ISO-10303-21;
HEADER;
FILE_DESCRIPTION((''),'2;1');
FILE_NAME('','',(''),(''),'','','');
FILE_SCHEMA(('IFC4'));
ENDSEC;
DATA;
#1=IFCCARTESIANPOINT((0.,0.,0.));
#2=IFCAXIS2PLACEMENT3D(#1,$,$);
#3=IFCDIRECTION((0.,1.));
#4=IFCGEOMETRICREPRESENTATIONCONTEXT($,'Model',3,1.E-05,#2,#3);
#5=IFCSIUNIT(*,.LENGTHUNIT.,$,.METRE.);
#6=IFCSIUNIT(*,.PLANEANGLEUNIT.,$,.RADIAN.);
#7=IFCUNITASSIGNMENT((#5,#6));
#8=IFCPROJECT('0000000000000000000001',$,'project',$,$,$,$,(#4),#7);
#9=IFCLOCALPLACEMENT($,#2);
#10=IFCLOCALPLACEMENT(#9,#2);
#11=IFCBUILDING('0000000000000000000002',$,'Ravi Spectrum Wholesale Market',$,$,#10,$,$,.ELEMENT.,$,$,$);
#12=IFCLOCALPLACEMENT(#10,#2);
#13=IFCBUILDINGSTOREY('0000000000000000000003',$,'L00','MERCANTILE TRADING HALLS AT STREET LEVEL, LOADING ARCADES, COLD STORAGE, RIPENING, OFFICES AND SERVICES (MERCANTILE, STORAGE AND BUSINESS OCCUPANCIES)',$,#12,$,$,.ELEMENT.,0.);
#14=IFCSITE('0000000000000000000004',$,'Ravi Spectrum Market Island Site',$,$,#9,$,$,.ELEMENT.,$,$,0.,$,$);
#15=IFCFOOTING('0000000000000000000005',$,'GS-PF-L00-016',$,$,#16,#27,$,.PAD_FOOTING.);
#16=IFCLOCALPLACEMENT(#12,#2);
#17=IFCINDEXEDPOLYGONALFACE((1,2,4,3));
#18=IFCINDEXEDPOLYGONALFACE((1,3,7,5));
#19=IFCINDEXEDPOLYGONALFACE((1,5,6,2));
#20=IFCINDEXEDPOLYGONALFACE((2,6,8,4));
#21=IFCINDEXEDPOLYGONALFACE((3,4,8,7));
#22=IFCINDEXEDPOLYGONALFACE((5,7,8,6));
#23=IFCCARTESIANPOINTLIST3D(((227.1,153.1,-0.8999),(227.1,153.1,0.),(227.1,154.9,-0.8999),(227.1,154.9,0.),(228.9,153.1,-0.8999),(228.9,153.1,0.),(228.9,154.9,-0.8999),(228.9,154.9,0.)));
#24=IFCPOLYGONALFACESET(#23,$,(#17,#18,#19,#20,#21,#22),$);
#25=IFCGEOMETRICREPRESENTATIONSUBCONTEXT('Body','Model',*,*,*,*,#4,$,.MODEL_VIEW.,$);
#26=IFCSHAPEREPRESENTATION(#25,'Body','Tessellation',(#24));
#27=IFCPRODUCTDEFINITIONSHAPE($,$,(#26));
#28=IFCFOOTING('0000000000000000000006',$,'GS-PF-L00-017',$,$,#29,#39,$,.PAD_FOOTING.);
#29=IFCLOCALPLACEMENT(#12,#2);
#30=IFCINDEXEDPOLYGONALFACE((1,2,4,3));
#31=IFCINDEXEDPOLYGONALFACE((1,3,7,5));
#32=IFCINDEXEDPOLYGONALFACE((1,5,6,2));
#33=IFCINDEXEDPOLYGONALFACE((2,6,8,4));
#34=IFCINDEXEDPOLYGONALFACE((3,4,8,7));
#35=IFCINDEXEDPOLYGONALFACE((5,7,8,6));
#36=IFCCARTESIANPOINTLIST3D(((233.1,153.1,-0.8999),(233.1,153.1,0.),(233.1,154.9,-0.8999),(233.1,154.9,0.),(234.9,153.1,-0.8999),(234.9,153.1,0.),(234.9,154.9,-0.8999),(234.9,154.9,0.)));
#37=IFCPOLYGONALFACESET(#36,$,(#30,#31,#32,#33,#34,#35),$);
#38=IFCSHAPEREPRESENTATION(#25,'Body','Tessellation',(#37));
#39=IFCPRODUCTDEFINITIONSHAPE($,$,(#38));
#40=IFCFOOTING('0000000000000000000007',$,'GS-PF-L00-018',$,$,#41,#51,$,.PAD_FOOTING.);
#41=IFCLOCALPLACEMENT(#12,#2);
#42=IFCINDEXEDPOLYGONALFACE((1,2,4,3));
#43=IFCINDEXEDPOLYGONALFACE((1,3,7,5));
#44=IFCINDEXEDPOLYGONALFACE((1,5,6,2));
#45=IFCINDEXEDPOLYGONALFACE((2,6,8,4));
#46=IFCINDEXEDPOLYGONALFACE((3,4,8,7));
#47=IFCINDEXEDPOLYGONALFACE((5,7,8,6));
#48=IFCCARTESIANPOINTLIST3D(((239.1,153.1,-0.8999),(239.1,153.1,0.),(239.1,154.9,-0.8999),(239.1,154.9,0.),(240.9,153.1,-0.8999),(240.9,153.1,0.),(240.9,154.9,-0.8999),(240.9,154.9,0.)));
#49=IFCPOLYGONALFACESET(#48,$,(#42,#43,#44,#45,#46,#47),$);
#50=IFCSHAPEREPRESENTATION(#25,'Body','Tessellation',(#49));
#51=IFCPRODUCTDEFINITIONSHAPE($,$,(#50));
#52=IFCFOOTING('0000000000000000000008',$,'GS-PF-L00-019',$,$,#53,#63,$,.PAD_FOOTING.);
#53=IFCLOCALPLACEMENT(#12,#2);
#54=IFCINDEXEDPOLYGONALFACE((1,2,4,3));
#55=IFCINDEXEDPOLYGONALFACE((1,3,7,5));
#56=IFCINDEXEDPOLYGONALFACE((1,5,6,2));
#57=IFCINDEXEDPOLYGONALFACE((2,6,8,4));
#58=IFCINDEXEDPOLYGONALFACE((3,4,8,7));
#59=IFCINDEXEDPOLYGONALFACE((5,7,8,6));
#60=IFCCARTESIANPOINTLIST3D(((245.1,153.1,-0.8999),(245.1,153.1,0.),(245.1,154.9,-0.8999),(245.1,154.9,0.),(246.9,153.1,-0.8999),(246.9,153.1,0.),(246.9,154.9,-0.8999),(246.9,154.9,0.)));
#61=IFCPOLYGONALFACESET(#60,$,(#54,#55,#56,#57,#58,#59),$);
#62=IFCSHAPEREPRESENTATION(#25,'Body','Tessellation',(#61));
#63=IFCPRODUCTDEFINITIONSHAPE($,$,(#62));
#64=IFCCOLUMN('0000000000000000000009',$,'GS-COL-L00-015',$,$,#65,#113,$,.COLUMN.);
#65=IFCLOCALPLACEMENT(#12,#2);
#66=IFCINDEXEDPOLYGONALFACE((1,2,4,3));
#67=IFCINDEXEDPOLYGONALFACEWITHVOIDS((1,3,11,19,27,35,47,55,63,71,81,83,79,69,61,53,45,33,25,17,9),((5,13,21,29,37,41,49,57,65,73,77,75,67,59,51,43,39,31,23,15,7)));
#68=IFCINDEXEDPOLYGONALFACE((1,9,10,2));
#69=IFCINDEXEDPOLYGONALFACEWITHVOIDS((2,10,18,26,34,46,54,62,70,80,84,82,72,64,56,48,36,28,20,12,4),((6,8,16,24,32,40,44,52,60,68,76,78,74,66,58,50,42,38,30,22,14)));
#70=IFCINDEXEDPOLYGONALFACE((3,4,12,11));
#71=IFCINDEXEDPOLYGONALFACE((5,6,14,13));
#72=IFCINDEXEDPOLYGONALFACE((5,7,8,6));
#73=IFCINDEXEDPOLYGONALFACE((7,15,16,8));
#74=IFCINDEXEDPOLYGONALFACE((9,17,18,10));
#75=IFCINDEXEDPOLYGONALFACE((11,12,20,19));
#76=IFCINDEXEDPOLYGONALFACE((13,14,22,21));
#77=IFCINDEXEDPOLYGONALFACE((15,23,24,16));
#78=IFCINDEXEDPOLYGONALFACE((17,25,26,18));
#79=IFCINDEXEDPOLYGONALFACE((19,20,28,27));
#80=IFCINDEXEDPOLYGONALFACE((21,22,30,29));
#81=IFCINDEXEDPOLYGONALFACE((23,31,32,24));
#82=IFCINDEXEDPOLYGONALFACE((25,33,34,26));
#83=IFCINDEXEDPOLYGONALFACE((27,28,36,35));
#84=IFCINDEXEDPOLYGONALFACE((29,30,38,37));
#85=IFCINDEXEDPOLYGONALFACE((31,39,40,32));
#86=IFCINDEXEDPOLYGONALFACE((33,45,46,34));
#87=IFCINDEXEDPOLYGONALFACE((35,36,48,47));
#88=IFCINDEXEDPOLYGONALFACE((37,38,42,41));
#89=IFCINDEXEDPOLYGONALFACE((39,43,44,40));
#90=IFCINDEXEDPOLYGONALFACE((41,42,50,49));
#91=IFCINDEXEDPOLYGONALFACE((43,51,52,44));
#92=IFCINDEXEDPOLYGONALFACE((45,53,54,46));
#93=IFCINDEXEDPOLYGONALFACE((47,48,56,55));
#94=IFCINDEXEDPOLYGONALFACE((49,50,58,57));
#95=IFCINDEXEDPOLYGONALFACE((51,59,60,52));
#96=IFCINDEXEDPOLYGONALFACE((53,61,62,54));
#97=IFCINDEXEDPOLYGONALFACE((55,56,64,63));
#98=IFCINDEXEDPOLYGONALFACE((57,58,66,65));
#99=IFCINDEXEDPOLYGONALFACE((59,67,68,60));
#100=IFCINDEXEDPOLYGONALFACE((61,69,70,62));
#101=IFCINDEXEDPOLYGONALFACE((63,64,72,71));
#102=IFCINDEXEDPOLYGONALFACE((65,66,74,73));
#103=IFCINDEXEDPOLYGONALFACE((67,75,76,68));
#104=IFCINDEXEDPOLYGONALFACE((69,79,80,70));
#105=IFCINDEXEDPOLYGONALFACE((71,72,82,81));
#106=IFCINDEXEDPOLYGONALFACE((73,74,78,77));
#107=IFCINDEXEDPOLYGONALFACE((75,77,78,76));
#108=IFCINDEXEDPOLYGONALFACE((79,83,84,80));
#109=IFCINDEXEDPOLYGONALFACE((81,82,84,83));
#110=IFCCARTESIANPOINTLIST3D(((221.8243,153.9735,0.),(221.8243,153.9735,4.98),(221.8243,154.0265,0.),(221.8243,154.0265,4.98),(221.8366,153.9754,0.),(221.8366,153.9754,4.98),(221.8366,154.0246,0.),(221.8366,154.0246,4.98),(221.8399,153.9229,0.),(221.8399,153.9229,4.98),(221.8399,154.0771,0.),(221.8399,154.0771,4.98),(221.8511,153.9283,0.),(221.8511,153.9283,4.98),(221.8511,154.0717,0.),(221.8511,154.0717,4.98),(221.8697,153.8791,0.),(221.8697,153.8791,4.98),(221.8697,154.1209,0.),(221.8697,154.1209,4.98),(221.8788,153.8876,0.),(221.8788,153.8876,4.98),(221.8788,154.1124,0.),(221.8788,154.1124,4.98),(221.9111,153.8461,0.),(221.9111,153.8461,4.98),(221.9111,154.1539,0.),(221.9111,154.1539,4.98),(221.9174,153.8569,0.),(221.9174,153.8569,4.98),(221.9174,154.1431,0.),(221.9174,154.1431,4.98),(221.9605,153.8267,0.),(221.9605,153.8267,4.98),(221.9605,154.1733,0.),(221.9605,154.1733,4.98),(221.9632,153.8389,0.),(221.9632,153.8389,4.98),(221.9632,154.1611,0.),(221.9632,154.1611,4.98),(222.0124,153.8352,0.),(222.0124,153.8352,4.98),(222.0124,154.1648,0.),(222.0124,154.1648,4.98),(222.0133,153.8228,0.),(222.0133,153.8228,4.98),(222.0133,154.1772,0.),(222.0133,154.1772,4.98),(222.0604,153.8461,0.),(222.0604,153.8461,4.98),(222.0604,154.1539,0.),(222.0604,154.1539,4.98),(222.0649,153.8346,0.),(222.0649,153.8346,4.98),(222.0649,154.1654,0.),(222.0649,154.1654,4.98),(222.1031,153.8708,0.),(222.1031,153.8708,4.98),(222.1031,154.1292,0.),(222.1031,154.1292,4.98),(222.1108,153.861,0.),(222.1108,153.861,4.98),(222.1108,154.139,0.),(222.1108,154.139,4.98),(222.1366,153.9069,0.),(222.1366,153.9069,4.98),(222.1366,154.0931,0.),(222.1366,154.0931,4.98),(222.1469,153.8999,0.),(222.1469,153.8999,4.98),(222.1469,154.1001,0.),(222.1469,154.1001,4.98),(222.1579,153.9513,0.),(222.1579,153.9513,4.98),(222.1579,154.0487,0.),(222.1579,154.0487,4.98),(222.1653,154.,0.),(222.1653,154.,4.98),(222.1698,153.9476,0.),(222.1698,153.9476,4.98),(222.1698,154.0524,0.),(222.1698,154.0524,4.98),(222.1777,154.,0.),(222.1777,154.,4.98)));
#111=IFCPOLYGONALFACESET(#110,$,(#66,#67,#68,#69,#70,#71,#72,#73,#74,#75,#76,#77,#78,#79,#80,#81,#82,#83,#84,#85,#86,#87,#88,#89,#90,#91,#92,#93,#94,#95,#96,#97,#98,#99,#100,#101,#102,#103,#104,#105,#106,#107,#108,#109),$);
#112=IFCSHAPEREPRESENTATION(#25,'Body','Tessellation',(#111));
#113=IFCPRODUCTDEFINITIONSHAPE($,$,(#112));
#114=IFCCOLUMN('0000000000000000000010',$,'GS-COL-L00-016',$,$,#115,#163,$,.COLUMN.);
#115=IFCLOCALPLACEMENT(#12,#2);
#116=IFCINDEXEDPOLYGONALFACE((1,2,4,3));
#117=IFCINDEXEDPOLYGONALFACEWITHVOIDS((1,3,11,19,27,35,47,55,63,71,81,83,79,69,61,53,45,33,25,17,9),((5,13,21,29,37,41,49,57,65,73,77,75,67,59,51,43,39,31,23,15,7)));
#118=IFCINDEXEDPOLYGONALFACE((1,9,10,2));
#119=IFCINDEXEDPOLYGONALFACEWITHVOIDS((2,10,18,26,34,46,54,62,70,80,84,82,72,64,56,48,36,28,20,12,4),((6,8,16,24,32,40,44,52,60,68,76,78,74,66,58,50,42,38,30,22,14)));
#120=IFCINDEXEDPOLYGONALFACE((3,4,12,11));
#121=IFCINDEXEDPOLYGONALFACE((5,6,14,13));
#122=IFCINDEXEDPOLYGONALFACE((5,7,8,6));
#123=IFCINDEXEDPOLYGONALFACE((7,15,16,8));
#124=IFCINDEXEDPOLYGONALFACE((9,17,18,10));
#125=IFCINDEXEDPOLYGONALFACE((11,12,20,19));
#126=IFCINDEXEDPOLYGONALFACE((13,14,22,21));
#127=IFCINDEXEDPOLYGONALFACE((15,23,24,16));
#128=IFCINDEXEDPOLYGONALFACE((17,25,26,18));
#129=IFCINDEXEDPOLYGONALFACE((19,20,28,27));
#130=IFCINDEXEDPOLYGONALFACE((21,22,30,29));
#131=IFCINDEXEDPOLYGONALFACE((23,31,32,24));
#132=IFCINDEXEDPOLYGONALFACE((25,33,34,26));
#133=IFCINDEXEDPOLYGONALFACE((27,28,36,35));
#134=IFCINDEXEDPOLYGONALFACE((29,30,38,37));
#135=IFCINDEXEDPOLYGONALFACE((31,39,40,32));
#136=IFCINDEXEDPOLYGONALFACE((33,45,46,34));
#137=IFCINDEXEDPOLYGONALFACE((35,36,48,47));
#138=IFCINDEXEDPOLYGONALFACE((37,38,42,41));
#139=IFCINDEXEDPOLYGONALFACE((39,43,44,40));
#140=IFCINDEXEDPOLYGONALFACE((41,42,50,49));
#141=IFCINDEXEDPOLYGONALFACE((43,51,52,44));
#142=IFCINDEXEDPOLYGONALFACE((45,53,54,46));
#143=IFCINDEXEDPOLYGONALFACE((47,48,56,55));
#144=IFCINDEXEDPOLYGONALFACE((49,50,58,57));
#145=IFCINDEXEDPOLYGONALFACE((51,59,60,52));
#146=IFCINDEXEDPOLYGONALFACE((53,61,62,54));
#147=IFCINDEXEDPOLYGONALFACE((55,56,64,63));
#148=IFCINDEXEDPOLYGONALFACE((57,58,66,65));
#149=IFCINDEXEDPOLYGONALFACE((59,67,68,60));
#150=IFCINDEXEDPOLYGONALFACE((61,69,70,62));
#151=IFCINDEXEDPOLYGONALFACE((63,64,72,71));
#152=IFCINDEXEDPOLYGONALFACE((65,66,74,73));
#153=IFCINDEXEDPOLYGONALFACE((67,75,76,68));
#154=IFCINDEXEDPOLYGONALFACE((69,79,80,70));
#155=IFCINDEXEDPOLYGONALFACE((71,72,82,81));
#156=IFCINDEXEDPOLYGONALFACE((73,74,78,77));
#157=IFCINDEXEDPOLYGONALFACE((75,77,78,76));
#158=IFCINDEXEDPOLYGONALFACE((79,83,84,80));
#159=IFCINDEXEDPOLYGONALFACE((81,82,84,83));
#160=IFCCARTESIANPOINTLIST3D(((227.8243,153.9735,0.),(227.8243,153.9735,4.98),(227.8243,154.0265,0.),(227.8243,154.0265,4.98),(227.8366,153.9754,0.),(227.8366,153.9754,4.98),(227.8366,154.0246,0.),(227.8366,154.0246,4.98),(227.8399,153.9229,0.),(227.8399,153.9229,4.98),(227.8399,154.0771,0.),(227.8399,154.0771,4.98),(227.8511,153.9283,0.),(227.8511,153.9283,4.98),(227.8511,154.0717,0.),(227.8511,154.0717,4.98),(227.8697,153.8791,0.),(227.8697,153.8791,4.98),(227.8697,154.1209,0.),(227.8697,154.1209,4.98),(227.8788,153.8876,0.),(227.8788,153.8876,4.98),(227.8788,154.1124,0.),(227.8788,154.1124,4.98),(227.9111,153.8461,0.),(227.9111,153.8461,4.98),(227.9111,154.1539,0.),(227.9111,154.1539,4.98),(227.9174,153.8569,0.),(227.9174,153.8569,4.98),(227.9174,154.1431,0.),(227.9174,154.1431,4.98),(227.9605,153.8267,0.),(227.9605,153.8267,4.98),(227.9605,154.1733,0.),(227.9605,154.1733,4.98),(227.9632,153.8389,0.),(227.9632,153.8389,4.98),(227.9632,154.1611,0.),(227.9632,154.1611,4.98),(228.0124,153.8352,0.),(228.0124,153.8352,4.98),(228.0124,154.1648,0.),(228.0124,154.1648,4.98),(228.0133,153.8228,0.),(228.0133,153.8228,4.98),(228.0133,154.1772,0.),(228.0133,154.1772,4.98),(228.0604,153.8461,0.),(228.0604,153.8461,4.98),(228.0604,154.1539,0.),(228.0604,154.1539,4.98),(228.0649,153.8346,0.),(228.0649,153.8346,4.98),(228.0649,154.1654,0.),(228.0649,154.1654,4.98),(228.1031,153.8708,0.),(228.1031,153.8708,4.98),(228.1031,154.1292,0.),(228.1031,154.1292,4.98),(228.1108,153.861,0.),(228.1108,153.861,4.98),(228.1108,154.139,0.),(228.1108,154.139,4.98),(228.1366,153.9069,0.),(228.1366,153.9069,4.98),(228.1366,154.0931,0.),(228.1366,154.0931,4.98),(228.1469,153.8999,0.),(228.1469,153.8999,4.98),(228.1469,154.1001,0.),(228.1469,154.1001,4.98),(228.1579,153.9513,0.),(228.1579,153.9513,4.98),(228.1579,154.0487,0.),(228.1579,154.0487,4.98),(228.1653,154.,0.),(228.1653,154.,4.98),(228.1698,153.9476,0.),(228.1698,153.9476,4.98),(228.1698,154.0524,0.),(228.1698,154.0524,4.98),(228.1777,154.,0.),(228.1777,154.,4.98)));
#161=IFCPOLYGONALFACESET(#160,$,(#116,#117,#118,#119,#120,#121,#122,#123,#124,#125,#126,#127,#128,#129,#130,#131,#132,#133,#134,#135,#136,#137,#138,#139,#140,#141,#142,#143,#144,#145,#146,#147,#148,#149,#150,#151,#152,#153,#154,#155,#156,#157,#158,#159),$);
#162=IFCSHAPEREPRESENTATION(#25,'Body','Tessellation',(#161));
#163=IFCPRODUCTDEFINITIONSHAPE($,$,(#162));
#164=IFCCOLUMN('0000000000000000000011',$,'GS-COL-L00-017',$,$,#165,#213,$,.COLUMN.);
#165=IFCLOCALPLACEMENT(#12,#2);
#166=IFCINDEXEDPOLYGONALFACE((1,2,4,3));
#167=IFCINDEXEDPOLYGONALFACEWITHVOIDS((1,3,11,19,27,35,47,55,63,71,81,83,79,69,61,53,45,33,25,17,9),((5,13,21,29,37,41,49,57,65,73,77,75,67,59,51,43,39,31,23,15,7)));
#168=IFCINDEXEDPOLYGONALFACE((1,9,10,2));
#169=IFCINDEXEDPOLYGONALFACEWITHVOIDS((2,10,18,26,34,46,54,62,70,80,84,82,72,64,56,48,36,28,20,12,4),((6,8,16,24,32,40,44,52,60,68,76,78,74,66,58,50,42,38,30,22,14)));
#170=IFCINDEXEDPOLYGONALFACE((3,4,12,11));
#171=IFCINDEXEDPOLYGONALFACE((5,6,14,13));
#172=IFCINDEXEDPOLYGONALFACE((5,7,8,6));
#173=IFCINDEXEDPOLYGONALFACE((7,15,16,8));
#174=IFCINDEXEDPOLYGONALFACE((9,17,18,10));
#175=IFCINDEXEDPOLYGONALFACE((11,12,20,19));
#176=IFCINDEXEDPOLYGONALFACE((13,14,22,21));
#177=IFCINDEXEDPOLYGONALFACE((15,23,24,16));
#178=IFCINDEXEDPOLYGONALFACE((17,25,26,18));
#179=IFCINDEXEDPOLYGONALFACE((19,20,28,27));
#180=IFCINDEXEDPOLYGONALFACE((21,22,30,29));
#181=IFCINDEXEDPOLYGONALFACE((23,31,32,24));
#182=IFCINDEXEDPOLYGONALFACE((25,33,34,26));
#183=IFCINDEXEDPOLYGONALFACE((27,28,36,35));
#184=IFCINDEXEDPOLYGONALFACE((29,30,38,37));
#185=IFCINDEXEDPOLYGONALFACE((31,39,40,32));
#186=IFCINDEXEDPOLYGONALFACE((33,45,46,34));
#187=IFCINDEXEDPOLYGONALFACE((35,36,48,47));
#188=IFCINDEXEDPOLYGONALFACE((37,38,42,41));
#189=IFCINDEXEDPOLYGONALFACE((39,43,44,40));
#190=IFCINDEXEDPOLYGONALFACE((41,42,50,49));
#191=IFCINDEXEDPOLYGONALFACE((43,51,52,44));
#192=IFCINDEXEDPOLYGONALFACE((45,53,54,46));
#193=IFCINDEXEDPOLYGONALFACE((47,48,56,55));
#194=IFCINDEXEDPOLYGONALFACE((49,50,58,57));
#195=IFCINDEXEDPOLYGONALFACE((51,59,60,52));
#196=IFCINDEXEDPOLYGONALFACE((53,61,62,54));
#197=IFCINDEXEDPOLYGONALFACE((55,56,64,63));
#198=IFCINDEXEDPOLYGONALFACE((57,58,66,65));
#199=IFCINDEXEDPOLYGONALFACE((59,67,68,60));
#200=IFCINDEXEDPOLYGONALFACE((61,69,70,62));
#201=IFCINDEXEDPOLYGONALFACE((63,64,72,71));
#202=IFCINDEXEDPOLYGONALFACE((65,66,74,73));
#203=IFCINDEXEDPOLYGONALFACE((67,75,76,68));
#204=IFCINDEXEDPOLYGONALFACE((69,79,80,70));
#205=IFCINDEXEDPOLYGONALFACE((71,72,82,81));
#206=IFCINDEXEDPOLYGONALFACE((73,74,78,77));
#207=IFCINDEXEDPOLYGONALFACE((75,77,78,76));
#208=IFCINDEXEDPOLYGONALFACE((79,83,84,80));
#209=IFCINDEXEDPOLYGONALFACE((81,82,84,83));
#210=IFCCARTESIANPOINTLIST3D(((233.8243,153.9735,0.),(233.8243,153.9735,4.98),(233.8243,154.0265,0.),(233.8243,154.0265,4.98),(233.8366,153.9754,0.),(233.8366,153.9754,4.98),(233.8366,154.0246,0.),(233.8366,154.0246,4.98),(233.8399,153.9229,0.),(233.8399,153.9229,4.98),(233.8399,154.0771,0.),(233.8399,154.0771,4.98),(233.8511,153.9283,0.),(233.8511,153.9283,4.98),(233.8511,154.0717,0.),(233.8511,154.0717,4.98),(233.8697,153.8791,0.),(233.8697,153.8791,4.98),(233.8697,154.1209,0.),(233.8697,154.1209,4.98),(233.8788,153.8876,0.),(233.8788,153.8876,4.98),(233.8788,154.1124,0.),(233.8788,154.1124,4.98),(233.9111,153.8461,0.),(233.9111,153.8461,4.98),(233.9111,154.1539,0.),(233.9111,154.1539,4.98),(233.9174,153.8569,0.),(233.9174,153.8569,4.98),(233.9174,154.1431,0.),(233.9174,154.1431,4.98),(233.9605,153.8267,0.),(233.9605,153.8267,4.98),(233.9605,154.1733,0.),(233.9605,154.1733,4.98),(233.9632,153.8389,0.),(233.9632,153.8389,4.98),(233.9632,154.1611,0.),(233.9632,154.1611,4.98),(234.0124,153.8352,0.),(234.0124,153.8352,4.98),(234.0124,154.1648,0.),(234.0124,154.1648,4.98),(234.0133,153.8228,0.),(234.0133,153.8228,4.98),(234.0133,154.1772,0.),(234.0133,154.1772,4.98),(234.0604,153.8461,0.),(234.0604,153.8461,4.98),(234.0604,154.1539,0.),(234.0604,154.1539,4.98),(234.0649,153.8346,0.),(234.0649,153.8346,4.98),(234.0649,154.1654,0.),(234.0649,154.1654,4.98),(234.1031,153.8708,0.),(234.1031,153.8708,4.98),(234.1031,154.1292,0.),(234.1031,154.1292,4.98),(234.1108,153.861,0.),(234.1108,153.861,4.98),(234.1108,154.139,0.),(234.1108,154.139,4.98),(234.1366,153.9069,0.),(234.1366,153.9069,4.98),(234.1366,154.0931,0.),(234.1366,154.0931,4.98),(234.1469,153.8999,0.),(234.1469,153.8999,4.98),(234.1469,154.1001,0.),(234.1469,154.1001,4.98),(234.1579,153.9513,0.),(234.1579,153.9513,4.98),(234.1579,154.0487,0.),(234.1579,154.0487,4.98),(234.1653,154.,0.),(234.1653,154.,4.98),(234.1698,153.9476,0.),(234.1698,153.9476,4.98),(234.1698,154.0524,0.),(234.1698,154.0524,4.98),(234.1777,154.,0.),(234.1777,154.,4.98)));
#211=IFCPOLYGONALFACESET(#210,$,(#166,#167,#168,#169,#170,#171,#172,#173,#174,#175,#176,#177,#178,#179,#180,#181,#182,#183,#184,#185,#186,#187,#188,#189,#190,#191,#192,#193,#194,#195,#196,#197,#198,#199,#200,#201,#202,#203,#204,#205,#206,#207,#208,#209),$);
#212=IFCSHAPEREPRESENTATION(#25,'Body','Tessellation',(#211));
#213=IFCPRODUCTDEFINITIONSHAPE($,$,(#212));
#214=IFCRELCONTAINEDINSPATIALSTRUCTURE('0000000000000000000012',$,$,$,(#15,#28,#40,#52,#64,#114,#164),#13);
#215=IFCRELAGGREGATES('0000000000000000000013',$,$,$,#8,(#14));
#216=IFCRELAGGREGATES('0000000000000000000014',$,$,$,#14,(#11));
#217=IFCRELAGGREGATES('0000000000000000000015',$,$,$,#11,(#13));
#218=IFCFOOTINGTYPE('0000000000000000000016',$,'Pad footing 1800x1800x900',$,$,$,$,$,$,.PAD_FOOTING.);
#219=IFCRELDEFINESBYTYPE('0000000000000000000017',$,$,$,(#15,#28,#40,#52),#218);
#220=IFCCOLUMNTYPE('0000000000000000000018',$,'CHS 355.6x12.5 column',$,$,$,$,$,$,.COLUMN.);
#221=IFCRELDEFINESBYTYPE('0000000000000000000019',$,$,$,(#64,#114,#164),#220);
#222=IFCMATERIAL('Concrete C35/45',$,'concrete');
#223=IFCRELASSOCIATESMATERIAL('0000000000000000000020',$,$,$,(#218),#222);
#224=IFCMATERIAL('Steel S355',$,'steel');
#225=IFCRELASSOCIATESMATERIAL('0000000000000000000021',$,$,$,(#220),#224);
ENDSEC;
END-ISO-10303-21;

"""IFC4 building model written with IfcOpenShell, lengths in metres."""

from ifc_helpers import new_model, si_unit, direction, frame, origin, origin_2d, place, context, subcontext, project, spatial, rectangle, hollow_circle, extrude, material, material_profile, profile_set, type_object, element, save


model = new_model("IFC4")

# Units and contexts
model_context = context("Model", 3, precision=1e-05, world=origin(), true_north=direction((0.0, 1.0)))
body_context = subcontext(model_context, "Body", "Model", "MODEL_VIEW")
ifc_project = project(units=[si_unit("LENGTHUNIT", "METRE"), si_unit("PLANEANGLEUNIT", "RADIAN")], contexts=[model_context])

# Site, building, storey
site_placement = place(None, origin())
site = spatial("IfcSite", under=ifc_project, at=site_placement, Name="Ravi Spectrum Market Island Site", CompositionType="ELEMENT", RefElevation=0.0)
building_placement = place(site_placement, origin())
building = spatial("IfcBuilding", under=site, at=building_placement, Name="Ravi Spectrum Wholesale Market", CompositionType="ELEMENT")
storey_placement = place(building_placement, origin())
storey = spatial("IfcBuildingStorey", under=building, at=storey_placement, Name="L00", Description="MERCANTILE TRADING HALLS AT STREET LEVEL, LOADING ARCADES, COLD STORAGE, RIPENING, OFFICES AND SERVICES (MERCANTILE, STORAGE AND BUSINESS OCCUPANCIES)", CompositionType="ELEMENT", Elevation=0.0)

# Footings
ifc_material_1 = material(Name="Concrete C35/45", Category="concrete")
footing_type = type_object("IfcFootingType", Name="Pad footing 1800x1800x900", PredefinedType="PAD_FOOTING", material=ifc_material_1)
for number, where, z_axis, x_axis, name in (
    (1, (228.0, 154.0, -0.8999), (0.0, 0.0, 1.0), (1.0, 0.0, 0.0), "GS-PF-L00-016"),
    (2, (234.0, 154.0, -0.8999), (0.0, 0.0, 1.0), (1.0, 0.0, 0.0), "GS-PF-L00-017"),
    (3, (240.0, 154.0, -0.8999), (0.0, 0.0, 1.0), (1.0, 0.0, 0.0), "GS-PF-L00-018"),
    (4, (246.0, 154.0, -0.8999), (0.0, 0.0, 1.0), (1.0, 0.0, 0.0), "GS-PF-L00-019"),
):
    element("IfcFooting", number, at=place(storey_placement, frame(where, z_axis=z_axis, x_axis=x_axis)), inside=storey, type_object=footing_type, Name=name, PredefinedType="PAD_FOOTING", context=body_context, shape_type="SweptSolid", body=[
        extrude(rectangle(XDim=1.8, YDim=1.8, at=origin_2d()), origin(), (0.0, 0.0, 1.0), 0.8999),
    ])

# Columns
ifc_material_2 = material(Name="Steel S355", Category="steel")
ifc_material_profile_1 = material_profile(ifc_material_2, hollow_circle(Radius=0.1777, WallThickness=0.0125, at=origin_2d()))
ifc_profile_set_1 = profile_set([ifc_material_profile_1], Name="Steel S355")
column_type = type_object("IfcColumnType", Name="CHS 355.6x12.5 column", PredefinedType="COLUMN", material=ifc_profile_set_1)
for number, where, z_axis, x_axis, name in (
    (5, (222.0, 154.0, 0.0), (0.0, 0.0, 1.0), (1.0, 0.0, 0.0), "GS-COL-L00-015"),
    (6, (228.0, 154.0, 0.0), (0.0, 0.0, 1.0), (1.0, 0.0, 0.0), "GS-COL-L00-016"),
    (7, (234.0, 154.0, 0.0), (0.0, 0.0, 1.0), (1.0, 0.0, 0.0), "GS-COL-L00-017"),
):
    element("IfcColumn", number, at=place(storey_placement, frame(where, z_axis=z_axis, x_axis=x_axis)), inside=storey, type_object=column_type, Name=name, PredefinedType="COLUMN", context=body_context, shape_type="SweptSolid", body=[
        extrude(hollow_circle(Radius=0.1777, WallThickness=0.0125, at=origin_2d()), origin(), (0.0, 0.0, 1.0), 4.98),
    ])

save(model, "model.ifc")
